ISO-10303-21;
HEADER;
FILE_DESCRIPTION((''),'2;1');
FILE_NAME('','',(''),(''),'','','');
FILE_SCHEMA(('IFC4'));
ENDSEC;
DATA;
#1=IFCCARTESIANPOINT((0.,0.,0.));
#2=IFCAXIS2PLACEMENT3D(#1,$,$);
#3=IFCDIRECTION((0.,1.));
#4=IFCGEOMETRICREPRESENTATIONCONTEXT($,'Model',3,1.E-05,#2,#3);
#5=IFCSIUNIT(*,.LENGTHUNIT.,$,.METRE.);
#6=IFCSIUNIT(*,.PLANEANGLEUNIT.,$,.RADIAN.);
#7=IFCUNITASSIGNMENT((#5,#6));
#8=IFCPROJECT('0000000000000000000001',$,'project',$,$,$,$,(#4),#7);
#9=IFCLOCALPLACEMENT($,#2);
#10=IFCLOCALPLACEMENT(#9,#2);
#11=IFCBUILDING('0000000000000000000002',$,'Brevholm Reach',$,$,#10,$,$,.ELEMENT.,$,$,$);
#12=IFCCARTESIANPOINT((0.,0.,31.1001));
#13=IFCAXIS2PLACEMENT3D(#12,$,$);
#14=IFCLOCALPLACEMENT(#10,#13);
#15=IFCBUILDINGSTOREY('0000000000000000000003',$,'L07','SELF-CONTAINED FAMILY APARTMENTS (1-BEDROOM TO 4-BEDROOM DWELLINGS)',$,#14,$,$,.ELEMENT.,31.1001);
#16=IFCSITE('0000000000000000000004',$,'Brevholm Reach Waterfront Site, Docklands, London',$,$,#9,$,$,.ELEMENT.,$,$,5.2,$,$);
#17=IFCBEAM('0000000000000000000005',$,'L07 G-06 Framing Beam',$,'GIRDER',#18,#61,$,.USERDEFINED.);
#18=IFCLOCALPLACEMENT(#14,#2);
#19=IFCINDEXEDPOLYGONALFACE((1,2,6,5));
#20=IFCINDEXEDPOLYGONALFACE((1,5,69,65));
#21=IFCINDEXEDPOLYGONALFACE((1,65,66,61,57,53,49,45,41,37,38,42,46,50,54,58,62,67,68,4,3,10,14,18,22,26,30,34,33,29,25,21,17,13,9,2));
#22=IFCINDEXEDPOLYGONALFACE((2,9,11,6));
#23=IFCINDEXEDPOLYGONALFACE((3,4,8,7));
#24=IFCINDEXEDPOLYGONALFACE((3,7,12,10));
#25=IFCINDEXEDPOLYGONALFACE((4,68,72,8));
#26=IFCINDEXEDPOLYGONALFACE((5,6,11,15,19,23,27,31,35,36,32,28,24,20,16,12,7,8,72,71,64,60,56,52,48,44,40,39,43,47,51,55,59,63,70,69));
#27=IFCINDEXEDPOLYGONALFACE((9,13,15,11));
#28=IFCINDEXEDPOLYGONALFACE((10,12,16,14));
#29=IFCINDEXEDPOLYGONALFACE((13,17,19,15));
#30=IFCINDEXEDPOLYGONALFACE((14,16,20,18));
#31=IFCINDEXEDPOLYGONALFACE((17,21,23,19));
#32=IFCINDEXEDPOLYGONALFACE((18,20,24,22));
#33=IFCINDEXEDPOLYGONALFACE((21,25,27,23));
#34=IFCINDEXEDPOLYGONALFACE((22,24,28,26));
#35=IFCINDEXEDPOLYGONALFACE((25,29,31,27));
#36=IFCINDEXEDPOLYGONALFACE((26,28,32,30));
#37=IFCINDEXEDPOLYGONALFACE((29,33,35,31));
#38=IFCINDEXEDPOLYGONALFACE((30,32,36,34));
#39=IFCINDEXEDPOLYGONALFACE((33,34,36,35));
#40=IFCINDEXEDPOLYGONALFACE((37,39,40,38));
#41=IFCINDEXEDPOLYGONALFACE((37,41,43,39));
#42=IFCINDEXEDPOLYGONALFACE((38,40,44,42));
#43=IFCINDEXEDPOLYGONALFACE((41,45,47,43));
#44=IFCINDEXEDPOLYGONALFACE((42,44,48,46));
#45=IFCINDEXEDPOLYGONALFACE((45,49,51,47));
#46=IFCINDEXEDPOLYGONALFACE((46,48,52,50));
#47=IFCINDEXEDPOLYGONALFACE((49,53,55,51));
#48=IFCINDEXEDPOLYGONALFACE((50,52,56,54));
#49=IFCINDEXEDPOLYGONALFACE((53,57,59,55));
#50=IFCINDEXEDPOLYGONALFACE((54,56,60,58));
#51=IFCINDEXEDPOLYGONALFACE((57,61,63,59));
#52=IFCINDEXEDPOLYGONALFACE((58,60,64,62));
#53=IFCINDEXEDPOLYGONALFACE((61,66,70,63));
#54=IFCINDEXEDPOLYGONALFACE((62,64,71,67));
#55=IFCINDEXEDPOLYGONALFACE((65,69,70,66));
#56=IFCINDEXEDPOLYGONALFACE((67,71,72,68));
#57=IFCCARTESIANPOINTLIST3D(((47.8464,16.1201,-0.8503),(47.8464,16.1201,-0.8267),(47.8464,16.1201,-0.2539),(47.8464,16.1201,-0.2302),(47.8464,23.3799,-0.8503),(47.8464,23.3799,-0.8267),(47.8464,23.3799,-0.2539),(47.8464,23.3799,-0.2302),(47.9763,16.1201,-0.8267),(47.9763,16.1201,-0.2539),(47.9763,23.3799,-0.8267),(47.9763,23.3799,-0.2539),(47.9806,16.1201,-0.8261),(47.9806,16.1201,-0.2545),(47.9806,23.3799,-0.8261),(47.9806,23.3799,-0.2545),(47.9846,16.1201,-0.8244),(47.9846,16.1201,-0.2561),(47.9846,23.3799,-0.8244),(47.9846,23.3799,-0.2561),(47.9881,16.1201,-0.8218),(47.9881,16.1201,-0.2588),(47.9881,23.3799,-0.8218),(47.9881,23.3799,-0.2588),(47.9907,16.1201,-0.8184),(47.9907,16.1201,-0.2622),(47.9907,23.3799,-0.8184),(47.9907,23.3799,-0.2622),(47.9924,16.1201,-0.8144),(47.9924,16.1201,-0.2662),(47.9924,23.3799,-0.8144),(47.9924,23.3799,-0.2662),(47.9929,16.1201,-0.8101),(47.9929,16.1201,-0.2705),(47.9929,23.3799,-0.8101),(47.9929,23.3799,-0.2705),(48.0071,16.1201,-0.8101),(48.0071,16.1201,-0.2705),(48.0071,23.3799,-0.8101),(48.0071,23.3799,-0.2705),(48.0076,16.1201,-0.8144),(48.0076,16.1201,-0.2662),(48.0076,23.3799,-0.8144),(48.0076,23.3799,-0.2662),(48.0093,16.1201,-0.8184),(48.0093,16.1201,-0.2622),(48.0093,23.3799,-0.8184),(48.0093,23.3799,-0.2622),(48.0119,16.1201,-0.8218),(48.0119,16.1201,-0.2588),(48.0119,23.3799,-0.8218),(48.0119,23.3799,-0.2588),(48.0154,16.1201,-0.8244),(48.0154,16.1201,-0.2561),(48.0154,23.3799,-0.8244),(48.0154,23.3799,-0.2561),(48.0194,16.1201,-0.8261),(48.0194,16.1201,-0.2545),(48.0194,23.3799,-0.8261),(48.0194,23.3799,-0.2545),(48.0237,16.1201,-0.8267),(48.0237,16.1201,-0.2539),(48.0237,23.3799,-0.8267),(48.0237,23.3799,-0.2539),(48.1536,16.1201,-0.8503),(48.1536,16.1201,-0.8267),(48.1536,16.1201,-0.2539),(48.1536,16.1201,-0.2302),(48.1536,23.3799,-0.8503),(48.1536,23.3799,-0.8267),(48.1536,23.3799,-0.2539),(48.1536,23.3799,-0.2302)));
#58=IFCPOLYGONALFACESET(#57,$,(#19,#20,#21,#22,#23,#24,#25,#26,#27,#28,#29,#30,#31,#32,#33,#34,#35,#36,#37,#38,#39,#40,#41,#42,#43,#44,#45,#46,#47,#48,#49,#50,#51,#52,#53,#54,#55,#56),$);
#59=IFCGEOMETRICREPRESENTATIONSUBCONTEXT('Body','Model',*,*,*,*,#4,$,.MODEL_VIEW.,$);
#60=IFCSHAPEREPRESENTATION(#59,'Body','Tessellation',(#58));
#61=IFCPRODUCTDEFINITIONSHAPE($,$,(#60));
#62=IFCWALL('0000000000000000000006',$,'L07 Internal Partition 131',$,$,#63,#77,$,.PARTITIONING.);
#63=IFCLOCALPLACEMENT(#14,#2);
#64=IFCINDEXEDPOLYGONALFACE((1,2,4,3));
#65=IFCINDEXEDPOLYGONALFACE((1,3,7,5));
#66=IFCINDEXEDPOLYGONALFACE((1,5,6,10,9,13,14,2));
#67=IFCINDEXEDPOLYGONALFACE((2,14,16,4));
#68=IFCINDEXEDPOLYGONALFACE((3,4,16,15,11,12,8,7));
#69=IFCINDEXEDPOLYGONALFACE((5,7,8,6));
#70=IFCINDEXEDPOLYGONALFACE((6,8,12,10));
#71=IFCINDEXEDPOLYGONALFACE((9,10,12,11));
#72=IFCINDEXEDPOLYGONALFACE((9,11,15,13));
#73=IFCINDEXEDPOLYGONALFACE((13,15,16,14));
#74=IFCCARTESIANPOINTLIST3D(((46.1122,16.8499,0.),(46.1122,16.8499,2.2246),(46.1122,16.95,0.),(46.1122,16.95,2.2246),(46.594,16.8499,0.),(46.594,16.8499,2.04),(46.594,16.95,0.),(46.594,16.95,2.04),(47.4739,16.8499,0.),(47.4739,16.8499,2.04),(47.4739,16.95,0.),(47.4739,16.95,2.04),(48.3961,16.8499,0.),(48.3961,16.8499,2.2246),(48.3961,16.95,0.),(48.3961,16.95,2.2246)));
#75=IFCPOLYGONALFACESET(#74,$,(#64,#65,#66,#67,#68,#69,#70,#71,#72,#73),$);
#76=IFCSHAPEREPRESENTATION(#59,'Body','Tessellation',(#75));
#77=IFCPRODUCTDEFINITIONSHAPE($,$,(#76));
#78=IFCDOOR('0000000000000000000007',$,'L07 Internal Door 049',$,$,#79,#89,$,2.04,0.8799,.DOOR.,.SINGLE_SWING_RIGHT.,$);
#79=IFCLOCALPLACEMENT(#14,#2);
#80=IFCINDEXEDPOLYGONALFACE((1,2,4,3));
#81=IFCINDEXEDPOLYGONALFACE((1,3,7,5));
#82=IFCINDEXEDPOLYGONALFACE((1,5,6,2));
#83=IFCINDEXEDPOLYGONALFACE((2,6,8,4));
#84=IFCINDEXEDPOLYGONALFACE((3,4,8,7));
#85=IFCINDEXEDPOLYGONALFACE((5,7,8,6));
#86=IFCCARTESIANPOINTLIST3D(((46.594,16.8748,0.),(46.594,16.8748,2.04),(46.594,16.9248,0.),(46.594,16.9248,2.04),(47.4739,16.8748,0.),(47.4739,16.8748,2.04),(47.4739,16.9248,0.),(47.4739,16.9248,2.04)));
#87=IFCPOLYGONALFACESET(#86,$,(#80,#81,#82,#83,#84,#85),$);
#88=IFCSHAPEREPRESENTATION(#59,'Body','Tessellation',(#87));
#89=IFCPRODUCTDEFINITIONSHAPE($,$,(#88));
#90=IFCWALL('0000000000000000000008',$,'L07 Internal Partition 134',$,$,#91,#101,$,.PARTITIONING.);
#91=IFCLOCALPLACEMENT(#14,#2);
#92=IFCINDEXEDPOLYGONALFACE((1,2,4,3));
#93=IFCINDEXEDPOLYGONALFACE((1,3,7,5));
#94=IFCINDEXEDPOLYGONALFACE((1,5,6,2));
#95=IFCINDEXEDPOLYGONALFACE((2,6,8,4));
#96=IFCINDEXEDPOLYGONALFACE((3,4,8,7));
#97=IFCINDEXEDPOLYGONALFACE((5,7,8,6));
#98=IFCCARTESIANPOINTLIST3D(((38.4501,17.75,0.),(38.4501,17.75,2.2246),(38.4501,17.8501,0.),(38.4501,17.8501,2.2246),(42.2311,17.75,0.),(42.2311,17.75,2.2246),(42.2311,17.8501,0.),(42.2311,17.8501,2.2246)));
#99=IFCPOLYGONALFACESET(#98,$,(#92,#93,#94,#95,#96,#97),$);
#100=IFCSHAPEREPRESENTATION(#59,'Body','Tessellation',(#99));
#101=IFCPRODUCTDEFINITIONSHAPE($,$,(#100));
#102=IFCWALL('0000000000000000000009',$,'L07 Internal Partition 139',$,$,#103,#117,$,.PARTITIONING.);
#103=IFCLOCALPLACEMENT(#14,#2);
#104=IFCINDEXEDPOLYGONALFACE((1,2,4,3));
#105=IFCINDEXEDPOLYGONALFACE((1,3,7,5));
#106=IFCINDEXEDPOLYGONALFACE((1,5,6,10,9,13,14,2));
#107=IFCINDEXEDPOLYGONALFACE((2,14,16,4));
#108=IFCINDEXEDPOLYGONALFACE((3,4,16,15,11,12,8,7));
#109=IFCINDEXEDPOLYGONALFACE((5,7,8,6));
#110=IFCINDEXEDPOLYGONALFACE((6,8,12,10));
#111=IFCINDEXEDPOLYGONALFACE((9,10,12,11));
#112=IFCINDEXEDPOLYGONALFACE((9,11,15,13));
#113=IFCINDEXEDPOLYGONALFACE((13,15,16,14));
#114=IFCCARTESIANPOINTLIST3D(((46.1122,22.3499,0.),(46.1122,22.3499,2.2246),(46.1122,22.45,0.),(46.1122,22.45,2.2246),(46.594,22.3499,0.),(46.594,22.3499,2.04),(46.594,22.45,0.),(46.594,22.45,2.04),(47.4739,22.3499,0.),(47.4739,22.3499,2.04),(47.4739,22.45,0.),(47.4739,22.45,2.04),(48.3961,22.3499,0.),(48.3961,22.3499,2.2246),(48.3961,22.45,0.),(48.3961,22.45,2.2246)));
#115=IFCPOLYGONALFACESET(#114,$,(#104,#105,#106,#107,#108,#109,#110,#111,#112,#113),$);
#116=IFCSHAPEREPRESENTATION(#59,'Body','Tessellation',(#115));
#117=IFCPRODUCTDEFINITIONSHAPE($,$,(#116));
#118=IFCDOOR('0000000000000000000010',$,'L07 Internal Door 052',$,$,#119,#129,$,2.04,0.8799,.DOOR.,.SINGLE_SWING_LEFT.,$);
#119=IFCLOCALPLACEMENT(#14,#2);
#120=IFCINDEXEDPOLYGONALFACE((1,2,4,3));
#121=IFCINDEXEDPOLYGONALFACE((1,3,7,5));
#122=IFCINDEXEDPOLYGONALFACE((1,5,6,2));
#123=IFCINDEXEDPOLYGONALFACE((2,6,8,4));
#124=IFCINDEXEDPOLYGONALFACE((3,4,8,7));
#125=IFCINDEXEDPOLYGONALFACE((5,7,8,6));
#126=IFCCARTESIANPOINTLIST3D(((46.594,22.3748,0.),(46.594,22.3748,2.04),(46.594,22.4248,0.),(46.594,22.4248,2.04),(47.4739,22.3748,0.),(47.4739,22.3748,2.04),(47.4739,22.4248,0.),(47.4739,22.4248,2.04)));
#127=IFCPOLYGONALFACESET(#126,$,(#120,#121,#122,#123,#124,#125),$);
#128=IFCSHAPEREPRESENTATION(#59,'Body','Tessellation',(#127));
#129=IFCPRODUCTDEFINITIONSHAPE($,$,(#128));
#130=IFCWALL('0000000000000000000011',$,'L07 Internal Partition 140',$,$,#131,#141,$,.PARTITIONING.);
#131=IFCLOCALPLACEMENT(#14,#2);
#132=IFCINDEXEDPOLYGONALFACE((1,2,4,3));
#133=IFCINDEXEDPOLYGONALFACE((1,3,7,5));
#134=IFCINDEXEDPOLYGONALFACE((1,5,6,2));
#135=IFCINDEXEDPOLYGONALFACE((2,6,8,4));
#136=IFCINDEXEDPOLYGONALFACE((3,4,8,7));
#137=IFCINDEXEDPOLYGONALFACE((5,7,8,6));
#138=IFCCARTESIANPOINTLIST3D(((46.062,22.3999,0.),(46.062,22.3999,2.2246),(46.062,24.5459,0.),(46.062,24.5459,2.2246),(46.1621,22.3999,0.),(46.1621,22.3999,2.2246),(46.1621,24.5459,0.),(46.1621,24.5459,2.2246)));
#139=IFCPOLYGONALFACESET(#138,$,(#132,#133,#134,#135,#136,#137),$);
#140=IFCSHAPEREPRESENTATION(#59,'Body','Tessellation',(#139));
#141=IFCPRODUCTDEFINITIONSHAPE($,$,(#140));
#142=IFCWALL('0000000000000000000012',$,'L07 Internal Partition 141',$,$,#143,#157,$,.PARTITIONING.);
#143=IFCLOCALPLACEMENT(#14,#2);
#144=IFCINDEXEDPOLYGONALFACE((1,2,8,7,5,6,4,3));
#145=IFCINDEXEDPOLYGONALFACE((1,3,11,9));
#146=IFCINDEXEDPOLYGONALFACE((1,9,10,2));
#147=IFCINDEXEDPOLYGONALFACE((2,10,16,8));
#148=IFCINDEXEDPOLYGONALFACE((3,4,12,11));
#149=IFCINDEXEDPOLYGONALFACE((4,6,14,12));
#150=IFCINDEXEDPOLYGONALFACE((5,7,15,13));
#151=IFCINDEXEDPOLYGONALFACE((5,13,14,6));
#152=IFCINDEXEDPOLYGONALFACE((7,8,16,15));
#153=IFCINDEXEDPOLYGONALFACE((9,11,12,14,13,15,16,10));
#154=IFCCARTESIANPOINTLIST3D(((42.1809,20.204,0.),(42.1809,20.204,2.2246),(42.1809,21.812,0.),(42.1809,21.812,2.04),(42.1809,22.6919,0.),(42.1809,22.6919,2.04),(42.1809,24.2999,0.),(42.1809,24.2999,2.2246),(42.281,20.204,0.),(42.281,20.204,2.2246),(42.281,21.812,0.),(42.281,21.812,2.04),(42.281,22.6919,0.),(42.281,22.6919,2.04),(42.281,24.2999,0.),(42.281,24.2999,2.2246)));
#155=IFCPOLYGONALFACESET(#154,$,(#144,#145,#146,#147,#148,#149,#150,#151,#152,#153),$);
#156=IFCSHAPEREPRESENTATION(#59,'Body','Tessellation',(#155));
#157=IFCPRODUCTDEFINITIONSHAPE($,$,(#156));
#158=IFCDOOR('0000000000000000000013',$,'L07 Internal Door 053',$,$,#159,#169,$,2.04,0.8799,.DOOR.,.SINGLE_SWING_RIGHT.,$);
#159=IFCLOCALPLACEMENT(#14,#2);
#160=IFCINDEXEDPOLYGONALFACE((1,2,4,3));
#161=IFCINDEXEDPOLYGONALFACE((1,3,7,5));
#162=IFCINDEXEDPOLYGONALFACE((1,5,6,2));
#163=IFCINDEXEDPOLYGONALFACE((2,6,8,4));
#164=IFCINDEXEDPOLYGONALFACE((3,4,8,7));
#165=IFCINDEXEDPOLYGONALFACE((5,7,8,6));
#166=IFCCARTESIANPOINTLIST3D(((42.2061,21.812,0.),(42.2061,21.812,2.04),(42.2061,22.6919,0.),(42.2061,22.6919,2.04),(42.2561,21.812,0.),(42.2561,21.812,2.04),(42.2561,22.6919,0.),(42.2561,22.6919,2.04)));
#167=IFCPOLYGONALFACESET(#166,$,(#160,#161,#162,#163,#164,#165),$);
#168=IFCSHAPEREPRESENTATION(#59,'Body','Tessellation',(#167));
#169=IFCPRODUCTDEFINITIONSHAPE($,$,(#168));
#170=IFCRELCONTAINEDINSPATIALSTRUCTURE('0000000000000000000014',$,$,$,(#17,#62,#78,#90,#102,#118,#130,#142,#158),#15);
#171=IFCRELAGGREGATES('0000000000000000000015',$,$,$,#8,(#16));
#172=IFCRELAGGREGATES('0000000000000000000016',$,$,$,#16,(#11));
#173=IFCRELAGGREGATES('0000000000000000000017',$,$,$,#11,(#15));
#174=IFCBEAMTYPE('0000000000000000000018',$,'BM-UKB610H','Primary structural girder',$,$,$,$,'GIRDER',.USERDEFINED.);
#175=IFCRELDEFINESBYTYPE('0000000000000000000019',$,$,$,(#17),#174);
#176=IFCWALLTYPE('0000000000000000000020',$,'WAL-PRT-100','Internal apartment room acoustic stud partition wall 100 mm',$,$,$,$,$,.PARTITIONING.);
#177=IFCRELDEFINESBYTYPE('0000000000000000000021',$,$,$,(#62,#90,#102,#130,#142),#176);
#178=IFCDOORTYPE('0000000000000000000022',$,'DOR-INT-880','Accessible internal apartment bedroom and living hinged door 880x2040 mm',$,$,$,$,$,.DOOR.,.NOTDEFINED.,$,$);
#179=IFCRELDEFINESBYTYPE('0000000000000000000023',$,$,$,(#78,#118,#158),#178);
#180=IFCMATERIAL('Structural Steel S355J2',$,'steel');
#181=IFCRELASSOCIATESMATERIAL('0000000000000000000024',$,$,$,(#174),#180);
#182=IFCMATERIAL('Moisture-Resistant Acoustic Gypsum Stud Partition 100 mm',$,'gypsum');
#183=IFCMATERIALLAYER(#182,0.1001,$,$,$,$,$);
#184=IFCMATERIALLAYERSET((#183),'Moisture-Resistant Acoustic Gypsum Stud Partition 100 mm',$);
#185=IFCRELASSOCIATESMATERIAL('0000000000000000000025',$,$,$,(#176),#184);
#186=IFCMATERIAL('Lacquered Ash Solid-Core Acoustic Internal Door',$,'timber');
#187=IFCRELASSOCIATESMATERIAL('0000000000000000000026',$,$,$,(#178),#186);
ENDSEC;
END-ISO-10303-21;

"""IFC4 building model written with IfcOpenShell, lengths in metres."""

from ifc_helpers import new_model, si_unit, direction, frame, frame_2d, origin, origin_2d, place, context, subcontext, project, spatial, rectangle, i_section, extrude, material, layer, layer_set, material_profile, profile_set, type_object, element, fill, save


model = new_model("IFC4")

# Units and contexts
model_context = context("Model", 3, precision=1e-05, world=origin(), true_north=direction((0.0, 1.0)))
body_context = subcontext(model_context, "Body", "Model", "MODEL_VIEW")
ifc_project = project(units=[si_unit("LENGTHUNIT", "METRE"), si_unit("PLANEANGLEUNIT", "RADIAN")], contexts=[model_context])

# Site, building, storey
site_placement = place(None, origin())
site = spatial("IfcSite", under=ifc_project, at=site_placement, Name="Brevholm Reach Waterfront Site, Docklands, London", CompositionType="ELEMENT", RefElevation=5.2)
building_placement = place(site_placement, origin())
building = spatial("IfcBuilding", under=site, at=building_placement, Name="Brevholm Reach", CompositionType="ELEMENT")
storey_placement = place(building_placement, frame((0.0, 0.0, 31.1001)))
storey = spatial("IfcBuildingStorey", under=building, at=storey_placement, Name="L07", Description="SELF-CONTAINED FAMILY APARTMENTS (1-BEDROOM TO 4-BEDROOM DWELLINGS)", CompositionType="ELEMENT", Elevation=31.1001)

# Beam
ifc_material_1 = material(Name="Structural Steel S355J2", Category="steel")
ifc_material_profile_1 = material_profile(ifc_material_1, i_section(OverallWidth=0.3071, OverallDepth=0.6201, WebThickness=0.0142, FlangeThickness=0.0237, FilletRadius=0.0166, at=origin_2d()), Name="UKB 610x305x179")
ifc_profile_set_1 = profile_set([ifc_material_profile_1], Name="Structural Steel S355J2")
beam_type_1 = type_object("IfcBeamType", Name="BM-UKB610H", Description="Primary structural girder", ElementType="GIRDER", PredefinedType="USERDEFINED", material=ifc_profile_set_1)
for number, where, z_axis, x_axis, name in (
    (1, (48.0, 16.1201, -0.5403), (0.0, 1.0, 0.0), (-1.0, 0.0, 0.0), "L07 G-06 Framing Beam"),
):
    element("IfcBeam", number, at=place(storey_placement, frame(where, z_axis=z_axis, x_axis=x_axis)), inside=storey, type_object=beam_type_1, Name=name, ObjectType="GIRDER", PredefinedType="USERDEFINED", context=body_context, shape_type="SweptSolid", body=[
        extrude(i_section(OverallWidth=0.3071, OverallDepth=0.6201, WebThickness=0.0142, FlangeThickness=0.0237, FilletRadius=0.0166, at=origin_2d()), origin(), (0.0, 0.0, 1.0), 7.2598),
    ])

# Wall, opening, door
ifc_material_2 = material(Name="Moisture-Resistant Acoustic Gypsum Stud Partition 100 mm", Category="gypsum")
ifc_layer_1 = layer(ifc_material_2, 0.1001)
ifc_layer_set_1 = layer_set([ifc_layer_1], Name="Moisture-Resistant Acoustic Gypsum Stud Partition 100 mm")
wall_type_1 = type_object("IfcWallType", Name="WAL-PRT-100", Description="Internal apartment room acoustic stud partition wall 100 mm", PredefinedType="PARTITIONING", material=ifc_layer_set_1)
wall_1_placement = place(storey_placement, frame((46.1121, 16.8999, 0.0), z_axis=(0.0, 0.0, 1.0), x_axis=(1.0, 0.0, 0.0)))
wall_1 = element("IfcWall", 2, at=wall_1_placement, inside=storey, type_object=wall_type_1, Name="L07 Internal Partition 131", PredefinedType="PARTITIONING", context=body_context, shape_type="SweptSolid", body=[
    extrude(rectangle(XDim=2.2839, YDim=0.1001, at=frame_2d((1.1421, 0.0))), origin(), (0.0, 0.0, 1.0), 2.2246),
])
opening_1_placement = place(wall_1_placement, frame((0.4819, 0.0, 0.0)))
opening_1 = element("IfcOpeningElement", 3, at=opening_1_placement, cuts=wall_1, PredefinedType="OPENING", context=body_context, shape_type="SweptSolid", body=[
    extrude(rectangle(XDim=0.8799, YDim=2.04, at=frame_2d((0.4399, 1.02))), frame((0.0, 0.0601, 0.0), z_axis=(0.0, -1.0, 0.0), x_axis=(1.0, 0.0, 0.0)), (0.0, 0.0, 1.0), 0.1201),
])
ifc_material_3 = material(Name="Lacquered Ash Solid-Core Acoustic Internal Door", Category="timber")
door_type = type_object("IfcDoorType", Name="DOR-INT-880", Description="Accessible internal apartment bedroom and living hinged door 880x2040 mm", OperationType="NOTDEFINED", PredefinedType="DOOR", material=ifc_material_3)
door_1_placement = place(opening_1_placement, origin())
door_1 = element("IfcDoor", 4, at=door_1_placement, inside=storey, type_object=door_type, Name="L07 Internal Door 049", OperationType="SINGLE_SWING_RIGHT", OverallHeight=2.04, OverallWidth=0.8799, PredefinedType="DOOR", context=body_context, shape_type="SweptSolid", body=[
    extrude(rectangle(XDim=0.8799, YDim=2.04, at=frame_2d((0.4399, 1.02))), frame((0.0, 0.0249, 0.0), z_axis=(0.0, -1.0, 0.0), x_axis=(1.0, 0.0, 0.0)), (0.0, 0.0, 1.0), 0.05),
])
fill(opening_1, door_1)

# Wall
wall_2_placement = place(storey_placement, frame((38.45, 17.8, 0.0), z_axis=(0.0, 0.0, 1.0), x_axis=(1.0, 0.0, 0.0)))
element("IfcWall", 5, at=wall_2_placement, inside=storey, type_object=wall_type_1, Name="L07 Internal Partition 134", PredefinedType="PARTITIONING", context=body_context, shape_type="SweptSolid", body=[
    extrude(rectangle(XDim=3.781, YDim=0.1001, at=frame_2d((1.8906, 0.0))), origin(), (0.0, 0.0, 1.0), 2.2246),
])

# Wall, opening, door
wall_3_placement = place(storey_placement, frame((46.1121, 22.3999, 0.0), z_axis=(0.0, 0.0, 1.0), x_axis=(1.0, 0.0, 0.0)))
wall_3 = element("IfcWall", 6, at=wall_3_placement, inside=storey, type_object=wall_type_1, Name="L07 Internal Partition 139", PredefinedType="PARTITIONING", context=body_context, shape_type="SweptSolid", body=[
    extrude(rectangle(XDim=2.2839, YDim=0.1001, at=frame_2d((1.1421, 0.0))), origin(), (0.0, 0.0, 1.0), 2.2246),
])
opening_2_placement = place(wall_3_placement, frame((0.4819, 0.0, 0.0)))
opening_2 = element("IfcOpeningElement", 7, at=opening_2_placement, cuts=wall_3, PredefinedType="OPENING", context=body_context, shape_type="SweptSolid", body=[
    extrude(rectangle(XDim=0.8799, YDim=2.04, at=frame_2d((0.4399, 1.02))), frame((0.0, 0.0601, 0.0), z_axis=(0.0, -1.0, 0.0), x_axis=(1.0, 0.0, 0.0)), (0.0, 0.0, 1.0), 0.1201),
])
door_2_placement = place(opening_2_placement, origin())
door_2 = element("IfcDoor", 8, at=door_2_placement, inside=storey, type_object=door_type, Name="L07 Internal Door 052", OperationType="SINGLE_SWING_LEFT", OverallHeight=2.04, OverallWidth=0.8799, PredefinedType="DOOR", context=body_context, shape_type="SweptSolid", body=[
    extrude(rectangle(XDim=0.8799, YDim=2.04, at=frame_2d((0.4399, 1.02))), frame((0.0, 0.0249, 0.0), z_axis=(0.0, -1.0, 0.0), x_axis=(1.0, 0.0, 0.0)), (0.0, 0.0, 1.0), 0.05),
])
fill(opening_2, door_2)

# Wall
wall_4_placement = place(storey_placement, frame((46.1121, 22.3999, 0.0), z_axis=(0.0, 0.0, 1.0), x_axis=(0.0, 1.0, 0.0)))
element("IfcWall", 9, at=wall_4_placement, inside=storey, type_object=wall_type_1, Name="L07 Internal Partition 140", PredefinedType="PARTITIONING", context=body_context, shape_type="SweptSolid", body=[
    extrude(rectangle(XDim=2.146, YDim=0.1001, at=frame_2d((1.073, 0.0))), origin(), (0.0, 0.0, 1.0), 2.2246),
])

# Wall, opening, door
wall_5_placement = place(storey_placement, frame((42.231, 20.2041, 0.0), z_axis=(0.0, 0.0, 1.0), x_axis=(0.0, 1.0, 0.0)))
wall_5 = element("IfcWall", 10, at=wall_5_placement, inside=storey, type_object=wall_type_1, Name="L07 Internal Partition 141", PredefinedType="PARTITIONING", context=body_context, shape_type="SweptSolid", body=[
    extrude(rectangle(XDim=4.0959, YDim=0.1001, at=frame_2d((2.0479, 0.0))), origin(), (0.0, 0.0, 1.0), 2.2246),
])
opening_3_placement = place(wall_5_placement, frame((1.6079, 0.0, 0.0)))
opening_3 = element("IfcOpeningElement", 11, at=opening_3_placement, cuts=wall_5, PredefinedType="OPENING", context=body_context, shape_type="SweptSolid", body=[
    extrude(rectangle(XDim=0.8799, YDim=2.04, at=frame_2d((0.4399, 1.02))), frame((0.0, 0.0601, 0.0), z_axis=(0.0, -1.0, 0.0), x_axis=(1.0, 0.0, 0.0)), (0.0, 0.0, 1.0), 0.1201),
])
door_3_placement = place(opening_3_placement, origin())
door_3 = element("IfcDoor", 12, at=door_3_placement, inside=storey, type_object=door_type, Name="L07 Internal Door 053", OperationType="SINGLE_SWING_RIGHT", OverallHeight=2.04, OverallWidth=0.8799, PredefinedType="DOOR", context=body_context, shape_type="SweptSolid", body=[
    extrude(rectangle(XDim=0.8799, YDim=2.04, at=frame_2d((0.4399, 1.02))), frame((0.0, 0.0249, 0.0), z_axis=(0.0, -1.0, 0.0), x_axis=(1.0, 0.0, 0.0)), (0.0, 0.0, 1.0), 0.05),
])
fill(opening_3, door_3)

save(model, "model.ifc")
